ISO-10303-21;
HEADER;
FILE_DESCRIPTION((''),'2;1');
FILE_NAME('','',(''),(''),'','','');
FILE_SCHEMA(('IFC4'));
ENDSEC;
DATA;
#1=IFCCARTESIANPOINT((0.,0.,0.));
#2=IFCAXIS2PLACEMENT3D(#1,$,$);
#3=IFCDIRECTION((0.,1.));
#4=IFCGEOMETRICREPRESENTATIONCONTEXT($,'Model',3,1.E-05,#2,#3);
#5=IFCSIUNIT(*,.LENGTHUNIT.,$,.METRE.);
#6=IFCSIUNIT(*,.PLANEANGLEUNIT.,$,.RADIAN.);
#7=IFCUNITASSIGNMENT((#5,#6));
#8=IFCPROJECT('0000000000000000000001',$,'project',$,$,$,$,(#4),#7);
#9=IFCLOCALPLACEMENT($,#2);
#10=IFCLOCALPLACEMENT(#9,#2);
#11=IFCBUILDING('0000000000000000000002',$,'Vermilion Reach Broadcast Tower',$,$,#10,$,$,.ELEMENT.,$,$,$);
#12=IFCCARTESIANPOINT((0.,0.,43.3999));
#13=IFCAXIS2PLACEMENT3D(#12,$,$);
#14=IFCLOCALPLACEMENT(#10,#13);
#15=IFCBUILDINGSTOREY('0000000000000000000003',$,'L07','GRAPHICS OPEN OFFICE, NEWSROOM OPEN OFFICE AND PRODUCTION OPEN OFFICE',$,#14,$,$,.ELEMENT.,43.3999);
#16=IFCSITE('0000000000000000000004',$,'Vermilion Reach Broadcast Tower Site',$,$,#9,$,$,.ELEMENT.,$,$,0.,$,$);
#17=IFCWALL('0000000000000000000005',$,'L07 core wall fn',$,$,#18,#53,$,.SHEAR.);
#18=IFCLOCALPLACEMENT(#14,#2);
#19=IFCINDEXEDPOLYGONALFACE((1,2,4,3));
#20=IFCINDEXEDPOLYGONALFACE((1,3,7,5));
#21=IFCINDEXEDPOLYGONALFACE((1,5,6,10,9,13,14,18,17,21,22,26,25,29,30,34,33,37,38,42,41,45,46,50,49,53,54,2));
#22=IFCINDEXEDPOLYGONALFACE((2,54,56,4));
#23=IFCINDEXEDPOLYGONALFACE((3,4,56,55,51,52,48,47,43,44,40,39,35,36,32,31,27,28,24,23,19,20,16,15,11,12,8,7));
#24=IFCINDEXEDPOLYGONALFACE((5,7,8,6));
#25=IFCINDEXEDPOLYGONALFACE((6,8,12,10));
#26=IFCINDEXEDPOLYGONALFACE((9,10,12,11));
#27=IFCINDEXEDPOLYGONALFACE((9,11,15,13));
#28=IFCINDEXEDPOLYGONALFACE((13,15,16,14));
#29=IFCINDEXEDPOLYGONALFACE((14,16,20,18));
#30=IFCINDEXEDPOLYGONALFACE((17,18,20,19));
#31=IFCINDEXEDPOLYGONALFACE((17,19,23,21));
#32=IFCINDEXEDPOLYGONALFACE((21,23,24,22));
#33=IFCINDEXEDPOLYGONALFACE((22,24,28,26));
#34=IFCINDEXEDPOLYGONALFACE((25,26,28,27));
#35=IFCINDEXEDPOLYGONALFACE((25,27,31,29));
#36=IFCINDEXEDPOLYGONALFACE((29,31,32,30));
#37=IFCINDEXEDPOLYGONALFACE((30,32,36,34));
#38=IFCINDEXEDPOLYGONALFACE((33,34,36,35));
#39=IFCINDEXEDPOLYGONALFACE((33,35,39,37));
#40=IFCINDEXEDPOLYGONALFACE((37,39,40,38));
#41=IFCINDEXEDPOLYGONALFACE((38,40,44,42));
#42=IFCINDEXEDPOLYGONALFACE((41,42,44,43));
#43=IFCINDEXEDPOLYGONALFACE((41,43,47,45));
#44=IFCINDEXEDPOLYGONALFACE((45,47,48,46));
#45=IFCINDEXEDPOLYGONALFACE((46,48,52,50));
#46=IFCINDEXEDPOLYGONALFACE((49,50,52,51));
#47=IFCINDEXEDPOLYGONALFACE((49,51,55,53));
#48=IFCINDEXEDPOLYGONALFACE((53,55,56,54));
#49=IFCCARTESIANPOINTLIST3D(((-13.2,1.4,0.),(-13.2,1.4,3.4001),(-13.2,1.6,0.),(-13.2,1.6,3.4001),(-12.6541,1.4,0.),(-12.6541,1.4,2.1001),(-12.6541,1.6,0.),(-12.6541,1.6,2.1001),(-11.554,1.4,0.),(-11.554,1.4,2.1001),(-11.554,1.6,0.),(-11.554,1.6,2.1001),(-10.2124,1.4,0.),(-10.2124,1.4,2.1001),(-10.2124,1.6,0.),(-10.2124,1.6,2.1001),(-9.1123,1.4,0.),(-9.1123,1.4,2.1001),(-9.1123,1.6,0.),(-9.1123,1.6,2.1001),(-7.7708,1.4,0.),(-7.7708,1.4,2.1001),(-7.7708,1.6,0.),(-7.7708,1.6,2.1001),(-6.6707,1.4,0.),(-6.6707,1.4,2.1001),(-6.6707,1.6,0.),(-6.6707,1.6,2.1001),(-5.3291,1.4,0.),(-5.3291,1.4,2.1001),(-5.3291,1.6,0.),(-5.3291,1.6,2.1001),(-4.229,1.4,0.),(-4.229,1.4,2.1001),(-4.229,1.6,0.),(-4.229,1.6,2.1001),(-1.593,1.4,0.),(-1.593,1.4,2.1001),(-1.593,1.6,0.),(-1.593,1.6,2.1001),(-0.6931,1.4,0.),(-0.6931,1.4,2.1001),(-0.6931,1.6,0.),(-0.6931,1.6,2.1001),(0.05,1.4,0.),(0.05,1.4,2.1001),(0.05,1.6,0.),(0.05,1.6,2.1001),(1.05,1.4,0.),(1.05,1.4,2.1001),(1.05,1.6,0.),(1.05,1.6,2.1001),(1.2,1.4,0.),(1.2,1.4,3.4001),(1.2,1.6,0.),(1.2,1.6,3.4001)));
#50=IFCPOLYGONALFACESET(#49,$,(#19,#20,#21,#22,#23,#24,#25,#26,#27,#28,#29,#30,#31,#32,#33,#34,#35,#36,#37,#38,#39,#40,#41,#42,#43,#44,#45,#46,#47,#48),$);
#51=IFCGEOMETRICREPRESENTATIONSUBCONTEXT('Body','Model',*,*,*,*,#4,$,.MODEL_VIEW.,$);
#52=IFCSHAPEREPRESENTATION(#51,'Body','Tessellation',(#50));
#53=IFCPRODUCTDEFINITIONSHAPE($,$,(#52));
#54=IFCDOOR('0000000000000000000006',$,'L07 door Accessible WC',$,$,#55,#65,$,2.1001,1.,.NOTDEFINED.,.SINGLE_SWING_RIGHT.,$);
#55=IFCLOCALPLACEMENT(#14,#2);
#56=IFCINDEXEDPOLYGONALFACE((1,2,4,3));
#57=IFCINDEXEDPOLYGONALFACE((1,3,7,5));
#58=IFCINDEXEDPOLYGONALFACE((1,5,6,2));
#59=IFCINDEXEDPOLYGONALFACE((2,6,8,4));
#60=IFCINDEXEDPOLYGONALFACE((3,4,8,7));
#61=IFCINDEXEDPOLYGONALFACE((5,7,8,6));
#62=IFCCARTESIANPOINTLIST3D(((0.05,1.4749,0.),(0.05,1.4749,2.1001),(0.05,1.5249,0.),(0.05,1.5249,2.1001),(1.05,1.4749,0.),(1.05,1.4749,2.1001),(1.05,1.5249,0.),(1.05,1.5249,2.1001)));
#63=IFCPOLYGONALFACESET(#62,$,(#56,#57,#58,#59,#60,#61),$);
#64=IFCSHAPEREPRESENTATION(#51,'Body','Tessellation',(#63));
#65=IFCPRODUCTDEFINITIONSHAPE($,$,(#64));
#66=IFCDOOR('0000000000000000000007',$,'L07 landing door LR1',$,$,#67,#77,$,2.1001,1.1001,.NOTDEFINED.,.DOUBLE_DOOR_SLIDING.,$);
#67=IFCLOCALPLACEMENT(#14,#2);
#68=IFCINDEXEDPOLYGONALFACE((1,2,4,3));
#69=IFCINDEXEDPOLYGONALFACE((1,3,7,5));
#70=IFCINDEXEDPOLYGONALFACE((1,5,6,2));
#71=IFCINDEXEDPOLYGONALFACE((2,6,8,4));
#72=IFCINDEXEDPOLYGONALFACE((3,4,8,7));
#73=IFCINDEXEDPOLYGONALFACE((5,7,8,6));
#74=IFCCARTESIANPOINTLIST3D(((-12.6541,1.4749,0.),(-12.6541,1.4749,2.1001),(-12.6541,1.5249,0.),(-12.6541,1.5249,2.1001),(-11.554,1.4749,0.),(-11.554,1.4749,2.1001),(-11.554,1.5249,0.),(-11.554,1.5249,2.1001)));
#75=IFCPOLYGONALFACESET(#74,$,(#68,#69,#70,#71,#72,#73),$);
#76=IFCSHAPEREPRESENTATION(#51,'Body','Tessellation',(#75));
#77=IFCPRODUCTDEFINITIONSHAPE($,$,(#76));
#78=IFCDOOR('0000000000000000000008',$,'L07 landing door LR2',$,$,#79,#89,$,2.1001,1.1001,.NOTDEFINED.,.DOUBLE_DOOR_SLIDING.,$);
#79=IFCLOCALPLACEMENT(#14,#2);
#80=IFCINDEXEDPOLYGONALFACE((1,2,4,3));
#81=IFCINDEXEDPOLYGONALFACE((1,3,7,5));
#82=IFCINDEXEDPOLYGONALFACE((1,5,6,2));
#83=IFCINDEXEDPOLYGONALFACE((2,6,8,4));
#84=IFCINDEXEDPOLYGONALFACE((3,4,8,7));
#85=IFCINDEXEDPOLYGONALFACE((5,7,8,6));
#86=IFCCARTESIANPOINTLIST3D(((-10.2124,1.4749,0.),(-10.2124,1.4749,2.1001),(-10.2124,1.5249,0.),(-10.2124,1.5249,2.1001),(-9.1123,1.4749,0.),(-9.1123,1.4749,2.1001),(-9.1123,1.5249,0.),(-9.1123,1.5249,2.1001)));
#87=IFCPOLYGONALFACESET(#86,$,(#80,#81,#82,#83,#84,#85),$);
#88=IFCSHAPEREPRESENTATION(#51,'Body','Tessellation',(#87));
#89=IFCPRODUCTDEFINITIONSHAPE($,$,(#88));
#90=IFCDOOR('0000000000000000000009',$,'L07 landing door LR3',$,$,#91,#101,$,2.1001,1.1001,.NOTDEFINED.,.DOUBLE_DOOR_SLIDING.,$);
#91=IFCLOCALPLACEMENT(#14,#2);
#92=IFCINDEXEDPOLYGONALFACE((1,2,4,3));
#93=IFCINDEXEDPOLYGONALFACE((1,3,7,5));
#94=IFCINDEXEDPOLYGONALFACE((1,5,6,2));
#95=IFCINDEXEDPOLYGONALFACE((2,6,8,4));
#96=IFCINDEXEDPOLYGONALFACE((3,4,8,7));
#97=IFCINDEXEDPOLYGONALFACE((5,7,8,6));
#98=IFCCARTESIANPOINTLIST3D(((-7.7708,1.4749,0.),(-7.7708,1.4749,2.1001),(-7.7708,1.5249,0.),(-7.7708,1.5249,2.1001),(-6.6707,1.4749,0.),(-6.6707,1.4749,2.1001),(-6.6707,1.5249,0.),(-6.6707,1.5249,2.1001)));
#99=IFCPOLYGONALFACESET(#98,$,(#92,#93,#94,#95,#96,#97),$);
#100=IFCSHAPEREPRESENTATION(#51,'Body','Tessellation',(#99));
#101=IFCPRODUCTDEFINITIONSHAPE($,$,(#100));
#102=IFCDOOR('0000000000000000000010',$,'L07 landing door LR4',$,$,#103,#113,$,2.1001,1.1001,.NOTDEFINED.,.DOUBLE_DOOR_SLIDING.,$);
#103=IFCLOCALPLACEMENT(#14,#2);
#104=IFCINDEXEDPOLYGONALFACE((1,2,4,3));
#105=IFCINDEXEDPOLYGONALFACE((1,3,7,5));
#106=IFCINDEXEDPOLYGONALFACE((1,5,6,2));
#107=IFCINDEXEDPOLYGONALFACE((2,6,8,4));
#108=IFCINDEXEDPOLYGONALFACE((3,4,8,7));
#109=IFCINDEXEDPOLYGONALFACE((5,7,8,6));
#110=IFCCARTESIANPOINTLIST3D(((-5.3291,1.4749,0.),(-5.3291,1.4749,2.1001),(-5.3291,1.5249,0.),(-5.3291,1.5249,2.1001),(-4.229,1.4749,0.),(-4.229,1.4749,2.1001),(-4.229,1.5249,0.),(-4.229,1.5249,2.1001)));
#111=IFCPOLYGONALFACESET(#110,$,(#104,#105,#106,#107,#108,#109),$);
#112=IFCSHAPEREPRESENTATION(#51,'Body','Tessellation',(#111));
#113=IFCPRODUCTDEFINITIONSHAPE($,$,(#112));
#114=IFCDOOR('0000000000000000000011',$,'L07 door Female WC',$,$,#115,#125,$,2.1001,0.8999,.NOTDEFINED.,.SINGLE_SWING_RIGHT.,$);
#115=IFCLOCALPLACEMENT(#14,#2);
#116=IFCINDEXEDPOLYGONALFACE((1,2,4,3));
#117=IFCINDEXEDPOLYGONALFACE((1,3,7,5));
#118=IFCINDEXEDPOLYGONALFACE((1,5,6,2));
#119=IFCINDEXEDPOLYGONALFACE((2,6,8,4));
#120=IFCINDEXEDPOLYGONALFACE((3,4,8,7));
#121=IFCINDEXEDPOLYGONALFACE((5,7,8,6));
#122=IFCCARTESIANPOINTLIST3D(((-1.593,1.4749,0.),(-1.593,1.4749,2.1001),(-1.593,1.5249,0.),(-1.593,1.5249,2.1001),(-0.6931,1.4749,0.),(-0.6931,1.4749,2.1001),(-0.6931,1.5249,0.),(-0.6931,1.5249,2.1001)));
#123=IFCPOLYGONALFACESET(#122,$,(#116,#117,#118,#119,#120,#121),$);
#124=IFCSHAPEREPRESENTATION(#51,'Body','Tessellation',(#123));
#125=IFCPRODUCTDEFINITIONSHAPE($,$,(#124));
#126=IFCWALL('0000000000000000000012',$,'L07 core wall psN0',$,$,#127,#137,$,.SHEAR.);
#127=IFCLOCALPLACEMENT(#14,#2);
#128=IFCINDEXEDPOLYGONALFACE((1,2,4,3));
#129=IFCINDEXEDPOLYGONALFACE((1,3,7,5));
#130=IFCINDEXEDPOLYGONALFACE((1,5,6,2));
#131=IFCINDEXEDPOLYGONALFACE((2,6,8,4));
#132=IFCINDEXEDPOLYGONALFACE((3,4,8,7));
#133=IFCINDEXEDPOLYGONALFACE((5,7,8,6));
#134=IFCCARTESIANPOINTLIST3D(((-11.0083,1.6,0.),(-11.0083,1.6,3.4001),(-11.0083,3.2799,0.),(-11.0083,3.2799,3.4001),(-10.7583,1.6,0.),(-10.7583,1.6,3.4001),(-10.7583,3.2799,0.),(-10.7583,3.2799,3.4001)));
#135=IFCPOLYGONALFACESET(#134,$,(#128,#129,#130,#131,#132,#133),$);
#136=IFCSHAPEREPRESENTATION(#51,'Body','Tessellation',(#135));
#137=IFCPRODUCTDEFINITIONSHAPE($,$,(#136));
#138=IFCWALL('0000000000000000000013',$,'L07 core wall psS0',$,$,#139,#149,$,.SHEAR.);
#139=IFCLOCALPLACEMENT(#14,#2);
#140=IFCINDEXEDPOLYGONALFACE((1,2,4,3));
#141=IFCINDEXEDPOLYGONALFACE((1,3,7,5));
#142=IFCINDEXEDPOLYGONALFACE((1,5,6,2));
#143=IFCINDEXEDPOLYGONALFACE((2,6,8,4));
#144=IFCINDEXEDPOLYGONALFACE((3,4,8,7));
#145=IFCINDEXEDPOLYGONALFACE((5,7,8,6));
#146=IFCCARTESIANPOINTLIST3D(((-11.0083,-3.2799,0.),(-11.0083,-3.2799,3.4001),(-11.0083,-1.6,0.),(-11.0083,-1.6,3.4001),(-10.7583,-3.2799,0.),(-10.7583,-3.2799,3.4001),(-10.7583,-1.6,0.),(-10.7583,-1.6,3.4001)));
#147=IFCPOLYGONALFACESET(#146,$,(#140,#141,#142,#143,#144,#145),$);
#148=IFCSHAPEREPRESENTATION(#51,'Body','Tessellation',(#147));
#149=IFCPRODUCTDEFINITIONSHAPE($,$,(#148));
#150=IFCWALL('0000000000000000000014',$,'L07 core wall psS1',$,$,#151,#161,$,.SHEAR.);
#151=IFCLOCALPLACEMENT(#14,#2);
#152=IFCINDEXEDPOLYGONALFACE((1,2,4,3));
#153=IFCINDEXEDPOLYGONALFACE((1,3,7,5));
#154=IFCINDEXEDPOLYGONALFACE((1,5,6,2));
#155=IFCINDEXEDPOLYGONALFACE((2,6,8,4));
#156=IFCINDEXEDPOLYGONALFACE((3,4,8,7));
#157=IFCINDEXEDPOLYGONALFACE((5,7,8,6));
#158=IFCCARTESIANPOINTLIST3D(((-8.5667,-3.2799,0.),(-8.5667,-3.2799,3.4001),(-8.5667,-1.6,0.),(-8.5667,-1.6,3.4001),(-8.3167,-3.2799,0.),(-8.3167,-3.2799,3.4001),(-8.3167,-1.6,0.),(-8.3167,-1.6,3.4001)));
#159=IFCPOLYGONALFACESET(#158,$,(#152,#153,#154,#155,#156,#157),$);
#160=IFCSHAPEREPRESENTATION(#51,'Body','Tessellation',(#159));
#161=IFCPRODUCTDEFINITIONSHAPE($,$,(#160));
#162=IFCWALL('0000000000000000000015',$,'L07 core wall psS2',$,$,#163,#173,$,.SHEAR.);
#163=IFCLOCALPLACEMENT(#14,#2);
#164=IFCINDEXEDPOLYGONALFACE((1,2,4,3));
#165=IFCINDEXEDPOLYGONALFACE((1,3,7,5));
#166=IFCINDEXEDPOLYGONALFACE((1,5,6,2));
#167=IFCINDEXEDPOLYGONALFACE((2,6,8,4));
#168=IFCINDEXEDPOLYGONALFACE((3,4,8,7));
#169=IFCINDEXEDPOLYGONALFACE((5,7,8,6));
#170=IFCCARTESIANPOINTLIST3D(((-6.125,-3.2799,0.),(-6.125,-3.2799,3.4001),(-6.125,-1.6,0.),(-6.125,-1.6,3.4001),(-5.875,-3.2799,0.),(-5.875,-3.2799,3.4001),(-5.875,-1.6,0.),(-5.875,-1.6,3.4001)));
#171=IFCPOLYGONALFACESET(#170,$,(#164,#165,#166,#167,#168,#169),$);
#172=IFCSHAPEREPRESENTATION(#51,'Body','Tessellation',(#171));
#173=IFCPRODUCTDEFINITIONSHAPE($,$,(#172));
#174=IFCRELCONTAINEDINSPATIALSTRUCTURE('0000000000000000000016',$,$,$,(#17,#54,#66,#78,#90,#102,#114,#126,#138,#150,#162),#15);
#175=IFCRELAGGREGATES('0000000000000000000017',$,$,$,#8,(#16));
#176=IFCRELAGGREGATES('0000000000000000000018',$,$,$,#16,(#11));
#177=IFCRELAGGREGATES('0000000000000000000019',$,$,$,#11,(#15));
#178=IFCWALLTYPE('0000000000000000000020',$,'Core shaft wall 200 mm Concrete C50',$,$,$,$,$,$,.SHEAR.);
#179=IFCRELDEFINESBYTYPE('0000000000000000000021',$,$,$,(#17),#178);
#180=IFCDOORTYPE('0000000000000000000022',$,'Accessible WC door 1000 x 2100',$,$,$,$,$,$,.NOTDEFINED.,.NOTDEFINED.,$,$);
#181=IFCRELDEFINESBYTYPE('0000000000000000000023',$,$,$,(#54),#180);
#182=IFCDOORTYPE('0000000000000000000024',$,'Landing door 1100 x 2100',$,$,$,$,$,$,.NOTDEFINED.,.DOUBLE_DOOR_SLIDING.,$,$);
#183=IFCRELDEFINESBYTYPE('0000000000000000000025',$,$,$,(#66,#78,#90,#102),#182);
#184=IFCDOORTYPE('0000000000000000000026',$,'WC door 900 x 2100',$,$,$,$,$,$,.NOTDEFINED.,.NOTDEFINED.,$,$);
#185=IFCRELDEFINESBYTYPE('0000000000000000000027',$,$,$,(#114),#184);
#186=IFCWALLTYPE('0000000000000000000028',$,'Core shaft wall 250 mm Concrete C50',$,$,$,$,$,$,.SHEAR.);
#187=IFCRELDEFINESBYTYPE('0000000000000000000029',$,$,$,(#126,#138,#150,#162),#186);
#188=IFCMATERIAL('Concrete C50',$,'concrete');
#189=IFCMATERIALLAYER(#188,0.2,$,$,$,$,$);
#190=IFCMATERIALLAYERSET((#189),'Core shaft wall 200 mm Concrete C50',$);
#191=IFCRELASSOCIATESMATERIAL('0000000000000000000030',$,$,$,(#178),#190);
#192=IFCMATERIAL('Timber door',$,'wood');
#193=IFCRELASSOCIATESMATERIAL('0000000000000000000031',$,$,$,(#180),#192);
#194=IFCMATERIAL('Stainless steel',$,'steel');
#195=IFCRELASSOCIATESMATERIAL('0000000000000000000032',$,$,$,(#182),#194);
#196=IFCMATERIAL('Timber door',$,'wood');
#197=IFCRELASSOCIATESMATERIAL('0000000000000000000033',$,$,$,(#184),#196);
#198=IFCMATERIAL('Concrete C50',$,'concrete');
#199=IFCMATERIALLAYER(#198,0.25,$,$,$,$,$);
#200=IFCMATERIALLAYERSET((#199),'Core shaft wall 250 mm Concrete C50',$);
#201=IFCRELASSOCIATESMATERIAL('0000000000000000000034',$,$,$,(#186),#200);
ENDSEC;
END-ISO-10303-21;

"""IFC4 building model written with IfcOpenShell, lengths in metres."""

from ifc_helpers import new_model, si_unit, direction, frame, frame_2d, origin, place, context, subcontext, project, spatial, rectangle, extrude, material, layer, layer_set, type_object, element, fill, save


model = new_model("IFC4")

# Units and contexts
model_context = context("Model", 3, precision=1e-05, world=origin(), true_north=direction((0.0, 1.0)))
body_context = subcontext(model_context, "Body", "Model", "MODEL_VIEW")
ifc_project = project(units=[si_unit("LENGTHUNIT", "METRE"), si_unit("PLANEANGLEUNIT", "RADIAN")], contexts=[model_context])

# Site, building, storey
site_placement = place(None, origin())
site = spatial("IfcSite", under=ifc_project, at=site_placement, Name="Vermilion Reach Broadcast Tower Site", CompositionType="ELEMENT", RefElevation=0.0)
building_placement = place(site_placement, origin())
building = spatial("IfcBuilding", under=site, at=building_placement, Name="Vermilion Reach Broadcast Tower", CompositionType="ELEMENT")
storey_placement = place(building_placement, frame((0.0, 0.0, 43.3999)))
storey = spatial("IfcBuildingStorey", under=building, at=storey_placement, Name="L07", Description="GRAPHICS OPEN OFFICE, NEWSROOM OPEN OFFICE AND PRODUCTION OPEN OFFICE", CompositionType="ELEMENT", Elevation=43.3999)

# Wall, openings, doors
ifc_material_1 = material(Name="Concrete C50", Category="concrete")
ifc_layer_1 = layer(ifc_material_1, 0.2)
ifc_layer_set_1 = layer_set([ifc_layer_1], Name="Core shaft wall 200 mm Concrete C50")
wall_type_1 = type_object("IfcWallType", Name="Core shaft wall 200 mm Concrete C50", PredefinedType="SHEAR", material=ifc_layer_set_1)
wall_1_placement = place(storey_placement, frame((-13.2, 1.5, 0.0), z_axis=(0.0, 0.0, 1.0), x_axis=(1.0, 0.0, 0.0)))
wall_1 = element("IfcWall", 1, at=wall_1_placement, inside=storey, type_object=wall_type_1, Name="L07 core wall fn", PredefinedType="SHEAR", context=body_context, shape_type="SweptSolid", body=[
    extrude(rectangle(XDim=14.3999, YDim=0.2, at=frame_2d((7.2, 0.0))), origin(), (0.0, 0.0, 1.0), 3.4001),
])
opening_1_placement = place(wall_1_placement, frame((0.5459, 0.0, 0.0)))
opening_1 = element("IfcOpeningElement", 2, at=opening_1_placement, cuts=wall_1, PredefinedType="OPENING", context=body_context, shape_type="SweptSolid", body=[
    extrude(rectangle(XDim=1.1001, YDim=2.1001, at=frame_2d((0.55, 1.05))), frame((0.0, 0.1099, 0.0), z_axis=(0.0, -1.0, 0.0), x_axis=(1.0, 0.0, 0.0)), (0.0, 0.0, 1.0), 0.22),
])
opening_2_placement = place(wall_1_placement, frame((2.9875, 0.0, 0.0)))
opening_2 = element("IfcOpeningElement", 3, at=opening_2_placement, cuts=wall_1, PredefinedType="OPENING", context=body_context, shape_type="SweptSolid", body=[
    extrude(rectangle(XDim=1.1001, YDim=2.1001, at=frame_2d((0.55, 1.05))), frame((0.0, 0.1099, 0.0), z_axis=(0.0, -1.0, 0.0), x_axis=(1.0, 0.0, 0.0)), (0.0, 0.0, 1.0), 0.22),
])
opening_3_placement = place(wall_1_placement, frame((5.4292, 0.0, 0.0)))
opening_3 = element("IfcOpeningElement", 4, at=opening_3_placement, cuts=wall_1, PredefinedType="OPENING", context=body_context, shape_type="SweptSolid", body=[
    extrude(rectangle(XDim=1.1001, YDim=2.1001, at=frame_2d((0.55, 1.05))), frame((0.0, 0.1099, 0.0), z_axis=(0.0, -1.0, 0.0), x_axis=(1.0, 0.0, 0.0)), (0.0, 0.0, 1.0), 0.22),
])
opening_4_placement = place(wall_1_placement, frame((7.8708, 0.0, 0.0)))
opening_4 = element("IfcOpeningElement", 5, at=opening_4_placement, cuts=wall_1, PredefinedType="OPENING", context=body_context, shape_type="SweptSolid", body=[
    extrude(rectangle(XDim=1.1001, YDim=2.1001, at=frame_2d((0.55, 1.05))), frame((0.0, 0.1099, 0.0), z_axis=(0.0, -1.0, 0.0), x_axis=(1.0, 0.0, 0.0)), (0.0, 0.0, 1.0), 0.22),
])
opening_5_placement = place(wall_1_placement, frame((11.6069, 0.0, 0.0)))
opening_5 = element("IfcOpeningElement", 6, at=opening_5_placement, cuts=wall_1, PredefinedType="OPENING", context=body_context, shape_type="SweptSolid", body=[
    extrude(rectangle(XDim=0.8999, YDim=2.1001, at=frame_2d((0.45, 1.05))), frame((0.0, 0.1099, 0.0), z_axis=(0.0, -1.0, 0.0), x_axis=(1.0, 0.0, 0.0)), (0.0, 0.0, 1.0), 0.22),
])
opening_6_placement = place(wall_1_placement, frame((13.25, 0.0, 0.0)))
opening_6 = element("IfcOpeningElement", 7, at=opening_6_placement, cuts=wall_1, PredefinedType="OPENING", context=body_context, shape_type="SweptSolid", body=[
    extrude(rectangle(XDim=1.0, YDim=2.1001, at=frame_2d((0.5, 1.05))), frame((0.0, 0.1099, 0.0), z_axis=(0.0, -1.0, 0.0), x_axis=(1.0, 0.0, 0.0)), (0.0, 0.0, 1.0), 0.22),
])
ifc_material_2 = material(Name="Timber door", Category="wood")
door_type_1 = type_object("IfcDoorType", Name="Accessible WC door 1000 x 2100", OperationType="NOTDEFINED", PredefinedType="NOTDEFINED", material=ifc_material_2)
door_1_placement = place(opening_6_placement, origin())
door_1 = element("IfcDoor", 8, at=door_1_placement, inside=storey, type_object=door_type_1, Name="L07 door Accessible WC", OperationType="SINGLE_SWING_RIGHT", OverallHeight=2.1001, OverallWidth=1.0, PredefinedType="NOTDEFINED", context=body_context, shape_type="SweptSolid", body=[
    extrude(rectangle(XDim=1.0, YDim=2.1001, at=frame_2d((0.5, 1.05))), frame((0.0, 0.0249, 0.0), z_axis=(0.0, -1.0, 0.0), x_axis=(1.0, 0.0, 0.0)), (0.0, 0.0, 1.0), 0.05),
])
fill(opening_6, door_1)
ifc_material_3 = material(Name="Stainless steel", Category="steel")
door_type_2 = type_object("IfcDoorType", Name="Landing door 1100 x 2100", OperationType="DOUBLE_DOOR_SLIDING", PredefinedType="NOTDEFINED", material=ifc_material_3)
door_2_placement = place(opening_1_placement, origin())
door_2 = element("IfcDoor", 9, at=door_2_placement, inside=storey, type_object=door_type_2, Name="L07 landing door LR1", OperationType="DOUBLE_DOOR_SLIDING", OverallHeight=2.1001, OverallWidth=1.1001, PredefinedType="NOTDEFINED", context=body_context, shape_type="SweptSolid", body=[
    extrude(rectangle(XDim=1.1001, YDim=2.1001, at=frame_2d((0.55, 1.05))), frame((0.0, 0.0249, 0.0), z_axis=(0.0, -1.0, 0.0), x_axis=(1.0, 0.0, 0.0)), (0.0, 0.0, 1.0), 0.05),
])
fill(opening_1, door_2)
door_3_placement = place(opening_2_placement, origin())
door_3 = element("IfcDoor", 10, at=door_3_placement, inside=storey, type_object=door_type_2, Name="L07 landing door LR2", OperationType="DOUBLE_DOOR_SLIDING", OverallHeight=2.1001, OverallWidth=1.1001, PredefinedType="NOTDEFINED", context=body_context, shape_type="SweptSolid", body=[
    extrude(rectangle(XDim=1.1001, YDim=2.1001, at=frame_2d((0.55, 1.05))), frame((0.0, 0.0249, 0.0), z_axis=(0.0, -1.0, 0.0), x_axis=(1.0, 0.0, 0.0)), (0.0, 0.0, 1.0), 0.05),
])
fill(opening_2, door_3)
door_4_placement = place(opening_3_placement, origin())
door_4 = element("IfcDoor", 11, at=door_4_placement, inside=storey, type_object=door_type_2, Name="L07 landing door LR3", OperationType="DOUBLE_DOOR_SLIDING", OverallHeight=2.1001, OverallWidth=1.1001, PredefinedType="NOTDEFINED", context=body_context, shape_type="SweptSolid", body=[
    extrude(rectangle(XDim=1.1001, YDim=2.1001, at=frame_2d((0.55, 1.05))), frame((0.0, 0.0249, 0.0), z_axis=(0.0, -1.0, 0.0), x_axis=(1.0, 0.0, 0.0)), (0.0, 0.0, 1.0), 0.05),
])
fill(opening_3, door_4)
door_5_placement = place(opening_4_placement, origin())
door_5 = element("IfcDoor", 12, at=door_5_placement, inside=storey, type_object=door_type_2, Name="L07 landing door LR4", OperationType="DOUBLE_DOOR_SLIDING", OverallHeight=2.1001, OverallWidth=1.1001, PredefinedType="NOTDEFINED", context=body_context, shape_type="SweptSolid", body=[
    extrude(rectangle(XDim=1.1001, YDim=2.1001, at=frame_2d((0.55, 1.05))), frame((0.0, 0.0249, 0.0), z_axis=(0.0, -1.0, 0.0), x_axis=(1.0, 0.0, 0.0)), (0.0, 0.0, 1.0), 0.05),
])
fill(opening_4, door_5)
ifc_material_4 = material(Name="Timber door", Category="wood")
door_type_3 = type_object("IfcDoorType", Name="WC door 900 x 2100", OperationType="NOTDEFINED", PredefinedType="NOTDEFINED", material=ifc_material_4)
door_6_placement = place(opening_5_placement, origin())
door_6 = element("IfcDoor", 13, at=door_6_placement, inside=storey, type_object=door_type_3, Name="L07 door Female WC", OperationType="SINGLE_SWING_RIGHT", OverallHeight=2.1001, OverallWidth=0.8999, PredefinedType="NOTDEFINED", context=body_context, shape_type="SweptSolid", body=[
    extrude(rectangle(XDim=0.8999, YDim=2.1001, at=frame_2d((0.45, 1.05))), frame((0.0, 0.0249, 0.0), z_axis=(0.0, -1.0, 0.0), x_axis=(1.0, 0.0, 0.0)), (0.0, 0.0, 1.0), 0.05),
])
fill(opening_5, door_6)

# Walls
ifc_material_5 = material(Name="Concrete C50", Category="concrete")
ifc_layer_2 = layer(ifc_material_5, 0.25)
ifc_layer_set_2 = layer_set([ifc_layer_2], Name="Core shaft wall 250 mm Concrete C50")
wall_type_2 = type_object("IfcWallType", Name="Core shaft wall 250 mm Concrete C50", PredefinedType="SHEAR", material=ifc_layer_set_2)
for number, where, z_axis, x_axis, name in (
    (14, (-10.8833, 1.6001, 0.0), (0.0, 0.0, 1.0), (0.0, 1.0, 0.0), "L07 core wall psN0"),
    (15, (-10.8833, -1.6001, 0.0), (0.0, 0.0, 1.0), (0.0, -1.0, 0.0), "L07 core wall psS0"),
    (16, (-8.4417, -1.6001, 0.0), (0.0, 0.0, 1.0), (0.0, -1.0, 0.0), "L07 core wall psS1"),
    (17, (-6.0, -1.6001, 0.0), (0.0, 0.0, 1.0), (0.0, -1.0, 0.0), "L07 core wall psS2"),
):
    element("IfcWall", number, at=place(storey_placement, frame(where, z_axis=z_axis, x_axis=x_axis)), inside=storey, type_object=wall_type_2, Name=name, PredefinedType="SHEAR", context=body_context, shape_type="SweptSolid", body=[
        extrude(rectangle(XDim=1.6799, YDim=0.25, at=frame_2d((0.8398, 0.0))), origin(), (0.0, 0.0, 1.0), 3.4001),
    ])

save(model, "model.ifc")
